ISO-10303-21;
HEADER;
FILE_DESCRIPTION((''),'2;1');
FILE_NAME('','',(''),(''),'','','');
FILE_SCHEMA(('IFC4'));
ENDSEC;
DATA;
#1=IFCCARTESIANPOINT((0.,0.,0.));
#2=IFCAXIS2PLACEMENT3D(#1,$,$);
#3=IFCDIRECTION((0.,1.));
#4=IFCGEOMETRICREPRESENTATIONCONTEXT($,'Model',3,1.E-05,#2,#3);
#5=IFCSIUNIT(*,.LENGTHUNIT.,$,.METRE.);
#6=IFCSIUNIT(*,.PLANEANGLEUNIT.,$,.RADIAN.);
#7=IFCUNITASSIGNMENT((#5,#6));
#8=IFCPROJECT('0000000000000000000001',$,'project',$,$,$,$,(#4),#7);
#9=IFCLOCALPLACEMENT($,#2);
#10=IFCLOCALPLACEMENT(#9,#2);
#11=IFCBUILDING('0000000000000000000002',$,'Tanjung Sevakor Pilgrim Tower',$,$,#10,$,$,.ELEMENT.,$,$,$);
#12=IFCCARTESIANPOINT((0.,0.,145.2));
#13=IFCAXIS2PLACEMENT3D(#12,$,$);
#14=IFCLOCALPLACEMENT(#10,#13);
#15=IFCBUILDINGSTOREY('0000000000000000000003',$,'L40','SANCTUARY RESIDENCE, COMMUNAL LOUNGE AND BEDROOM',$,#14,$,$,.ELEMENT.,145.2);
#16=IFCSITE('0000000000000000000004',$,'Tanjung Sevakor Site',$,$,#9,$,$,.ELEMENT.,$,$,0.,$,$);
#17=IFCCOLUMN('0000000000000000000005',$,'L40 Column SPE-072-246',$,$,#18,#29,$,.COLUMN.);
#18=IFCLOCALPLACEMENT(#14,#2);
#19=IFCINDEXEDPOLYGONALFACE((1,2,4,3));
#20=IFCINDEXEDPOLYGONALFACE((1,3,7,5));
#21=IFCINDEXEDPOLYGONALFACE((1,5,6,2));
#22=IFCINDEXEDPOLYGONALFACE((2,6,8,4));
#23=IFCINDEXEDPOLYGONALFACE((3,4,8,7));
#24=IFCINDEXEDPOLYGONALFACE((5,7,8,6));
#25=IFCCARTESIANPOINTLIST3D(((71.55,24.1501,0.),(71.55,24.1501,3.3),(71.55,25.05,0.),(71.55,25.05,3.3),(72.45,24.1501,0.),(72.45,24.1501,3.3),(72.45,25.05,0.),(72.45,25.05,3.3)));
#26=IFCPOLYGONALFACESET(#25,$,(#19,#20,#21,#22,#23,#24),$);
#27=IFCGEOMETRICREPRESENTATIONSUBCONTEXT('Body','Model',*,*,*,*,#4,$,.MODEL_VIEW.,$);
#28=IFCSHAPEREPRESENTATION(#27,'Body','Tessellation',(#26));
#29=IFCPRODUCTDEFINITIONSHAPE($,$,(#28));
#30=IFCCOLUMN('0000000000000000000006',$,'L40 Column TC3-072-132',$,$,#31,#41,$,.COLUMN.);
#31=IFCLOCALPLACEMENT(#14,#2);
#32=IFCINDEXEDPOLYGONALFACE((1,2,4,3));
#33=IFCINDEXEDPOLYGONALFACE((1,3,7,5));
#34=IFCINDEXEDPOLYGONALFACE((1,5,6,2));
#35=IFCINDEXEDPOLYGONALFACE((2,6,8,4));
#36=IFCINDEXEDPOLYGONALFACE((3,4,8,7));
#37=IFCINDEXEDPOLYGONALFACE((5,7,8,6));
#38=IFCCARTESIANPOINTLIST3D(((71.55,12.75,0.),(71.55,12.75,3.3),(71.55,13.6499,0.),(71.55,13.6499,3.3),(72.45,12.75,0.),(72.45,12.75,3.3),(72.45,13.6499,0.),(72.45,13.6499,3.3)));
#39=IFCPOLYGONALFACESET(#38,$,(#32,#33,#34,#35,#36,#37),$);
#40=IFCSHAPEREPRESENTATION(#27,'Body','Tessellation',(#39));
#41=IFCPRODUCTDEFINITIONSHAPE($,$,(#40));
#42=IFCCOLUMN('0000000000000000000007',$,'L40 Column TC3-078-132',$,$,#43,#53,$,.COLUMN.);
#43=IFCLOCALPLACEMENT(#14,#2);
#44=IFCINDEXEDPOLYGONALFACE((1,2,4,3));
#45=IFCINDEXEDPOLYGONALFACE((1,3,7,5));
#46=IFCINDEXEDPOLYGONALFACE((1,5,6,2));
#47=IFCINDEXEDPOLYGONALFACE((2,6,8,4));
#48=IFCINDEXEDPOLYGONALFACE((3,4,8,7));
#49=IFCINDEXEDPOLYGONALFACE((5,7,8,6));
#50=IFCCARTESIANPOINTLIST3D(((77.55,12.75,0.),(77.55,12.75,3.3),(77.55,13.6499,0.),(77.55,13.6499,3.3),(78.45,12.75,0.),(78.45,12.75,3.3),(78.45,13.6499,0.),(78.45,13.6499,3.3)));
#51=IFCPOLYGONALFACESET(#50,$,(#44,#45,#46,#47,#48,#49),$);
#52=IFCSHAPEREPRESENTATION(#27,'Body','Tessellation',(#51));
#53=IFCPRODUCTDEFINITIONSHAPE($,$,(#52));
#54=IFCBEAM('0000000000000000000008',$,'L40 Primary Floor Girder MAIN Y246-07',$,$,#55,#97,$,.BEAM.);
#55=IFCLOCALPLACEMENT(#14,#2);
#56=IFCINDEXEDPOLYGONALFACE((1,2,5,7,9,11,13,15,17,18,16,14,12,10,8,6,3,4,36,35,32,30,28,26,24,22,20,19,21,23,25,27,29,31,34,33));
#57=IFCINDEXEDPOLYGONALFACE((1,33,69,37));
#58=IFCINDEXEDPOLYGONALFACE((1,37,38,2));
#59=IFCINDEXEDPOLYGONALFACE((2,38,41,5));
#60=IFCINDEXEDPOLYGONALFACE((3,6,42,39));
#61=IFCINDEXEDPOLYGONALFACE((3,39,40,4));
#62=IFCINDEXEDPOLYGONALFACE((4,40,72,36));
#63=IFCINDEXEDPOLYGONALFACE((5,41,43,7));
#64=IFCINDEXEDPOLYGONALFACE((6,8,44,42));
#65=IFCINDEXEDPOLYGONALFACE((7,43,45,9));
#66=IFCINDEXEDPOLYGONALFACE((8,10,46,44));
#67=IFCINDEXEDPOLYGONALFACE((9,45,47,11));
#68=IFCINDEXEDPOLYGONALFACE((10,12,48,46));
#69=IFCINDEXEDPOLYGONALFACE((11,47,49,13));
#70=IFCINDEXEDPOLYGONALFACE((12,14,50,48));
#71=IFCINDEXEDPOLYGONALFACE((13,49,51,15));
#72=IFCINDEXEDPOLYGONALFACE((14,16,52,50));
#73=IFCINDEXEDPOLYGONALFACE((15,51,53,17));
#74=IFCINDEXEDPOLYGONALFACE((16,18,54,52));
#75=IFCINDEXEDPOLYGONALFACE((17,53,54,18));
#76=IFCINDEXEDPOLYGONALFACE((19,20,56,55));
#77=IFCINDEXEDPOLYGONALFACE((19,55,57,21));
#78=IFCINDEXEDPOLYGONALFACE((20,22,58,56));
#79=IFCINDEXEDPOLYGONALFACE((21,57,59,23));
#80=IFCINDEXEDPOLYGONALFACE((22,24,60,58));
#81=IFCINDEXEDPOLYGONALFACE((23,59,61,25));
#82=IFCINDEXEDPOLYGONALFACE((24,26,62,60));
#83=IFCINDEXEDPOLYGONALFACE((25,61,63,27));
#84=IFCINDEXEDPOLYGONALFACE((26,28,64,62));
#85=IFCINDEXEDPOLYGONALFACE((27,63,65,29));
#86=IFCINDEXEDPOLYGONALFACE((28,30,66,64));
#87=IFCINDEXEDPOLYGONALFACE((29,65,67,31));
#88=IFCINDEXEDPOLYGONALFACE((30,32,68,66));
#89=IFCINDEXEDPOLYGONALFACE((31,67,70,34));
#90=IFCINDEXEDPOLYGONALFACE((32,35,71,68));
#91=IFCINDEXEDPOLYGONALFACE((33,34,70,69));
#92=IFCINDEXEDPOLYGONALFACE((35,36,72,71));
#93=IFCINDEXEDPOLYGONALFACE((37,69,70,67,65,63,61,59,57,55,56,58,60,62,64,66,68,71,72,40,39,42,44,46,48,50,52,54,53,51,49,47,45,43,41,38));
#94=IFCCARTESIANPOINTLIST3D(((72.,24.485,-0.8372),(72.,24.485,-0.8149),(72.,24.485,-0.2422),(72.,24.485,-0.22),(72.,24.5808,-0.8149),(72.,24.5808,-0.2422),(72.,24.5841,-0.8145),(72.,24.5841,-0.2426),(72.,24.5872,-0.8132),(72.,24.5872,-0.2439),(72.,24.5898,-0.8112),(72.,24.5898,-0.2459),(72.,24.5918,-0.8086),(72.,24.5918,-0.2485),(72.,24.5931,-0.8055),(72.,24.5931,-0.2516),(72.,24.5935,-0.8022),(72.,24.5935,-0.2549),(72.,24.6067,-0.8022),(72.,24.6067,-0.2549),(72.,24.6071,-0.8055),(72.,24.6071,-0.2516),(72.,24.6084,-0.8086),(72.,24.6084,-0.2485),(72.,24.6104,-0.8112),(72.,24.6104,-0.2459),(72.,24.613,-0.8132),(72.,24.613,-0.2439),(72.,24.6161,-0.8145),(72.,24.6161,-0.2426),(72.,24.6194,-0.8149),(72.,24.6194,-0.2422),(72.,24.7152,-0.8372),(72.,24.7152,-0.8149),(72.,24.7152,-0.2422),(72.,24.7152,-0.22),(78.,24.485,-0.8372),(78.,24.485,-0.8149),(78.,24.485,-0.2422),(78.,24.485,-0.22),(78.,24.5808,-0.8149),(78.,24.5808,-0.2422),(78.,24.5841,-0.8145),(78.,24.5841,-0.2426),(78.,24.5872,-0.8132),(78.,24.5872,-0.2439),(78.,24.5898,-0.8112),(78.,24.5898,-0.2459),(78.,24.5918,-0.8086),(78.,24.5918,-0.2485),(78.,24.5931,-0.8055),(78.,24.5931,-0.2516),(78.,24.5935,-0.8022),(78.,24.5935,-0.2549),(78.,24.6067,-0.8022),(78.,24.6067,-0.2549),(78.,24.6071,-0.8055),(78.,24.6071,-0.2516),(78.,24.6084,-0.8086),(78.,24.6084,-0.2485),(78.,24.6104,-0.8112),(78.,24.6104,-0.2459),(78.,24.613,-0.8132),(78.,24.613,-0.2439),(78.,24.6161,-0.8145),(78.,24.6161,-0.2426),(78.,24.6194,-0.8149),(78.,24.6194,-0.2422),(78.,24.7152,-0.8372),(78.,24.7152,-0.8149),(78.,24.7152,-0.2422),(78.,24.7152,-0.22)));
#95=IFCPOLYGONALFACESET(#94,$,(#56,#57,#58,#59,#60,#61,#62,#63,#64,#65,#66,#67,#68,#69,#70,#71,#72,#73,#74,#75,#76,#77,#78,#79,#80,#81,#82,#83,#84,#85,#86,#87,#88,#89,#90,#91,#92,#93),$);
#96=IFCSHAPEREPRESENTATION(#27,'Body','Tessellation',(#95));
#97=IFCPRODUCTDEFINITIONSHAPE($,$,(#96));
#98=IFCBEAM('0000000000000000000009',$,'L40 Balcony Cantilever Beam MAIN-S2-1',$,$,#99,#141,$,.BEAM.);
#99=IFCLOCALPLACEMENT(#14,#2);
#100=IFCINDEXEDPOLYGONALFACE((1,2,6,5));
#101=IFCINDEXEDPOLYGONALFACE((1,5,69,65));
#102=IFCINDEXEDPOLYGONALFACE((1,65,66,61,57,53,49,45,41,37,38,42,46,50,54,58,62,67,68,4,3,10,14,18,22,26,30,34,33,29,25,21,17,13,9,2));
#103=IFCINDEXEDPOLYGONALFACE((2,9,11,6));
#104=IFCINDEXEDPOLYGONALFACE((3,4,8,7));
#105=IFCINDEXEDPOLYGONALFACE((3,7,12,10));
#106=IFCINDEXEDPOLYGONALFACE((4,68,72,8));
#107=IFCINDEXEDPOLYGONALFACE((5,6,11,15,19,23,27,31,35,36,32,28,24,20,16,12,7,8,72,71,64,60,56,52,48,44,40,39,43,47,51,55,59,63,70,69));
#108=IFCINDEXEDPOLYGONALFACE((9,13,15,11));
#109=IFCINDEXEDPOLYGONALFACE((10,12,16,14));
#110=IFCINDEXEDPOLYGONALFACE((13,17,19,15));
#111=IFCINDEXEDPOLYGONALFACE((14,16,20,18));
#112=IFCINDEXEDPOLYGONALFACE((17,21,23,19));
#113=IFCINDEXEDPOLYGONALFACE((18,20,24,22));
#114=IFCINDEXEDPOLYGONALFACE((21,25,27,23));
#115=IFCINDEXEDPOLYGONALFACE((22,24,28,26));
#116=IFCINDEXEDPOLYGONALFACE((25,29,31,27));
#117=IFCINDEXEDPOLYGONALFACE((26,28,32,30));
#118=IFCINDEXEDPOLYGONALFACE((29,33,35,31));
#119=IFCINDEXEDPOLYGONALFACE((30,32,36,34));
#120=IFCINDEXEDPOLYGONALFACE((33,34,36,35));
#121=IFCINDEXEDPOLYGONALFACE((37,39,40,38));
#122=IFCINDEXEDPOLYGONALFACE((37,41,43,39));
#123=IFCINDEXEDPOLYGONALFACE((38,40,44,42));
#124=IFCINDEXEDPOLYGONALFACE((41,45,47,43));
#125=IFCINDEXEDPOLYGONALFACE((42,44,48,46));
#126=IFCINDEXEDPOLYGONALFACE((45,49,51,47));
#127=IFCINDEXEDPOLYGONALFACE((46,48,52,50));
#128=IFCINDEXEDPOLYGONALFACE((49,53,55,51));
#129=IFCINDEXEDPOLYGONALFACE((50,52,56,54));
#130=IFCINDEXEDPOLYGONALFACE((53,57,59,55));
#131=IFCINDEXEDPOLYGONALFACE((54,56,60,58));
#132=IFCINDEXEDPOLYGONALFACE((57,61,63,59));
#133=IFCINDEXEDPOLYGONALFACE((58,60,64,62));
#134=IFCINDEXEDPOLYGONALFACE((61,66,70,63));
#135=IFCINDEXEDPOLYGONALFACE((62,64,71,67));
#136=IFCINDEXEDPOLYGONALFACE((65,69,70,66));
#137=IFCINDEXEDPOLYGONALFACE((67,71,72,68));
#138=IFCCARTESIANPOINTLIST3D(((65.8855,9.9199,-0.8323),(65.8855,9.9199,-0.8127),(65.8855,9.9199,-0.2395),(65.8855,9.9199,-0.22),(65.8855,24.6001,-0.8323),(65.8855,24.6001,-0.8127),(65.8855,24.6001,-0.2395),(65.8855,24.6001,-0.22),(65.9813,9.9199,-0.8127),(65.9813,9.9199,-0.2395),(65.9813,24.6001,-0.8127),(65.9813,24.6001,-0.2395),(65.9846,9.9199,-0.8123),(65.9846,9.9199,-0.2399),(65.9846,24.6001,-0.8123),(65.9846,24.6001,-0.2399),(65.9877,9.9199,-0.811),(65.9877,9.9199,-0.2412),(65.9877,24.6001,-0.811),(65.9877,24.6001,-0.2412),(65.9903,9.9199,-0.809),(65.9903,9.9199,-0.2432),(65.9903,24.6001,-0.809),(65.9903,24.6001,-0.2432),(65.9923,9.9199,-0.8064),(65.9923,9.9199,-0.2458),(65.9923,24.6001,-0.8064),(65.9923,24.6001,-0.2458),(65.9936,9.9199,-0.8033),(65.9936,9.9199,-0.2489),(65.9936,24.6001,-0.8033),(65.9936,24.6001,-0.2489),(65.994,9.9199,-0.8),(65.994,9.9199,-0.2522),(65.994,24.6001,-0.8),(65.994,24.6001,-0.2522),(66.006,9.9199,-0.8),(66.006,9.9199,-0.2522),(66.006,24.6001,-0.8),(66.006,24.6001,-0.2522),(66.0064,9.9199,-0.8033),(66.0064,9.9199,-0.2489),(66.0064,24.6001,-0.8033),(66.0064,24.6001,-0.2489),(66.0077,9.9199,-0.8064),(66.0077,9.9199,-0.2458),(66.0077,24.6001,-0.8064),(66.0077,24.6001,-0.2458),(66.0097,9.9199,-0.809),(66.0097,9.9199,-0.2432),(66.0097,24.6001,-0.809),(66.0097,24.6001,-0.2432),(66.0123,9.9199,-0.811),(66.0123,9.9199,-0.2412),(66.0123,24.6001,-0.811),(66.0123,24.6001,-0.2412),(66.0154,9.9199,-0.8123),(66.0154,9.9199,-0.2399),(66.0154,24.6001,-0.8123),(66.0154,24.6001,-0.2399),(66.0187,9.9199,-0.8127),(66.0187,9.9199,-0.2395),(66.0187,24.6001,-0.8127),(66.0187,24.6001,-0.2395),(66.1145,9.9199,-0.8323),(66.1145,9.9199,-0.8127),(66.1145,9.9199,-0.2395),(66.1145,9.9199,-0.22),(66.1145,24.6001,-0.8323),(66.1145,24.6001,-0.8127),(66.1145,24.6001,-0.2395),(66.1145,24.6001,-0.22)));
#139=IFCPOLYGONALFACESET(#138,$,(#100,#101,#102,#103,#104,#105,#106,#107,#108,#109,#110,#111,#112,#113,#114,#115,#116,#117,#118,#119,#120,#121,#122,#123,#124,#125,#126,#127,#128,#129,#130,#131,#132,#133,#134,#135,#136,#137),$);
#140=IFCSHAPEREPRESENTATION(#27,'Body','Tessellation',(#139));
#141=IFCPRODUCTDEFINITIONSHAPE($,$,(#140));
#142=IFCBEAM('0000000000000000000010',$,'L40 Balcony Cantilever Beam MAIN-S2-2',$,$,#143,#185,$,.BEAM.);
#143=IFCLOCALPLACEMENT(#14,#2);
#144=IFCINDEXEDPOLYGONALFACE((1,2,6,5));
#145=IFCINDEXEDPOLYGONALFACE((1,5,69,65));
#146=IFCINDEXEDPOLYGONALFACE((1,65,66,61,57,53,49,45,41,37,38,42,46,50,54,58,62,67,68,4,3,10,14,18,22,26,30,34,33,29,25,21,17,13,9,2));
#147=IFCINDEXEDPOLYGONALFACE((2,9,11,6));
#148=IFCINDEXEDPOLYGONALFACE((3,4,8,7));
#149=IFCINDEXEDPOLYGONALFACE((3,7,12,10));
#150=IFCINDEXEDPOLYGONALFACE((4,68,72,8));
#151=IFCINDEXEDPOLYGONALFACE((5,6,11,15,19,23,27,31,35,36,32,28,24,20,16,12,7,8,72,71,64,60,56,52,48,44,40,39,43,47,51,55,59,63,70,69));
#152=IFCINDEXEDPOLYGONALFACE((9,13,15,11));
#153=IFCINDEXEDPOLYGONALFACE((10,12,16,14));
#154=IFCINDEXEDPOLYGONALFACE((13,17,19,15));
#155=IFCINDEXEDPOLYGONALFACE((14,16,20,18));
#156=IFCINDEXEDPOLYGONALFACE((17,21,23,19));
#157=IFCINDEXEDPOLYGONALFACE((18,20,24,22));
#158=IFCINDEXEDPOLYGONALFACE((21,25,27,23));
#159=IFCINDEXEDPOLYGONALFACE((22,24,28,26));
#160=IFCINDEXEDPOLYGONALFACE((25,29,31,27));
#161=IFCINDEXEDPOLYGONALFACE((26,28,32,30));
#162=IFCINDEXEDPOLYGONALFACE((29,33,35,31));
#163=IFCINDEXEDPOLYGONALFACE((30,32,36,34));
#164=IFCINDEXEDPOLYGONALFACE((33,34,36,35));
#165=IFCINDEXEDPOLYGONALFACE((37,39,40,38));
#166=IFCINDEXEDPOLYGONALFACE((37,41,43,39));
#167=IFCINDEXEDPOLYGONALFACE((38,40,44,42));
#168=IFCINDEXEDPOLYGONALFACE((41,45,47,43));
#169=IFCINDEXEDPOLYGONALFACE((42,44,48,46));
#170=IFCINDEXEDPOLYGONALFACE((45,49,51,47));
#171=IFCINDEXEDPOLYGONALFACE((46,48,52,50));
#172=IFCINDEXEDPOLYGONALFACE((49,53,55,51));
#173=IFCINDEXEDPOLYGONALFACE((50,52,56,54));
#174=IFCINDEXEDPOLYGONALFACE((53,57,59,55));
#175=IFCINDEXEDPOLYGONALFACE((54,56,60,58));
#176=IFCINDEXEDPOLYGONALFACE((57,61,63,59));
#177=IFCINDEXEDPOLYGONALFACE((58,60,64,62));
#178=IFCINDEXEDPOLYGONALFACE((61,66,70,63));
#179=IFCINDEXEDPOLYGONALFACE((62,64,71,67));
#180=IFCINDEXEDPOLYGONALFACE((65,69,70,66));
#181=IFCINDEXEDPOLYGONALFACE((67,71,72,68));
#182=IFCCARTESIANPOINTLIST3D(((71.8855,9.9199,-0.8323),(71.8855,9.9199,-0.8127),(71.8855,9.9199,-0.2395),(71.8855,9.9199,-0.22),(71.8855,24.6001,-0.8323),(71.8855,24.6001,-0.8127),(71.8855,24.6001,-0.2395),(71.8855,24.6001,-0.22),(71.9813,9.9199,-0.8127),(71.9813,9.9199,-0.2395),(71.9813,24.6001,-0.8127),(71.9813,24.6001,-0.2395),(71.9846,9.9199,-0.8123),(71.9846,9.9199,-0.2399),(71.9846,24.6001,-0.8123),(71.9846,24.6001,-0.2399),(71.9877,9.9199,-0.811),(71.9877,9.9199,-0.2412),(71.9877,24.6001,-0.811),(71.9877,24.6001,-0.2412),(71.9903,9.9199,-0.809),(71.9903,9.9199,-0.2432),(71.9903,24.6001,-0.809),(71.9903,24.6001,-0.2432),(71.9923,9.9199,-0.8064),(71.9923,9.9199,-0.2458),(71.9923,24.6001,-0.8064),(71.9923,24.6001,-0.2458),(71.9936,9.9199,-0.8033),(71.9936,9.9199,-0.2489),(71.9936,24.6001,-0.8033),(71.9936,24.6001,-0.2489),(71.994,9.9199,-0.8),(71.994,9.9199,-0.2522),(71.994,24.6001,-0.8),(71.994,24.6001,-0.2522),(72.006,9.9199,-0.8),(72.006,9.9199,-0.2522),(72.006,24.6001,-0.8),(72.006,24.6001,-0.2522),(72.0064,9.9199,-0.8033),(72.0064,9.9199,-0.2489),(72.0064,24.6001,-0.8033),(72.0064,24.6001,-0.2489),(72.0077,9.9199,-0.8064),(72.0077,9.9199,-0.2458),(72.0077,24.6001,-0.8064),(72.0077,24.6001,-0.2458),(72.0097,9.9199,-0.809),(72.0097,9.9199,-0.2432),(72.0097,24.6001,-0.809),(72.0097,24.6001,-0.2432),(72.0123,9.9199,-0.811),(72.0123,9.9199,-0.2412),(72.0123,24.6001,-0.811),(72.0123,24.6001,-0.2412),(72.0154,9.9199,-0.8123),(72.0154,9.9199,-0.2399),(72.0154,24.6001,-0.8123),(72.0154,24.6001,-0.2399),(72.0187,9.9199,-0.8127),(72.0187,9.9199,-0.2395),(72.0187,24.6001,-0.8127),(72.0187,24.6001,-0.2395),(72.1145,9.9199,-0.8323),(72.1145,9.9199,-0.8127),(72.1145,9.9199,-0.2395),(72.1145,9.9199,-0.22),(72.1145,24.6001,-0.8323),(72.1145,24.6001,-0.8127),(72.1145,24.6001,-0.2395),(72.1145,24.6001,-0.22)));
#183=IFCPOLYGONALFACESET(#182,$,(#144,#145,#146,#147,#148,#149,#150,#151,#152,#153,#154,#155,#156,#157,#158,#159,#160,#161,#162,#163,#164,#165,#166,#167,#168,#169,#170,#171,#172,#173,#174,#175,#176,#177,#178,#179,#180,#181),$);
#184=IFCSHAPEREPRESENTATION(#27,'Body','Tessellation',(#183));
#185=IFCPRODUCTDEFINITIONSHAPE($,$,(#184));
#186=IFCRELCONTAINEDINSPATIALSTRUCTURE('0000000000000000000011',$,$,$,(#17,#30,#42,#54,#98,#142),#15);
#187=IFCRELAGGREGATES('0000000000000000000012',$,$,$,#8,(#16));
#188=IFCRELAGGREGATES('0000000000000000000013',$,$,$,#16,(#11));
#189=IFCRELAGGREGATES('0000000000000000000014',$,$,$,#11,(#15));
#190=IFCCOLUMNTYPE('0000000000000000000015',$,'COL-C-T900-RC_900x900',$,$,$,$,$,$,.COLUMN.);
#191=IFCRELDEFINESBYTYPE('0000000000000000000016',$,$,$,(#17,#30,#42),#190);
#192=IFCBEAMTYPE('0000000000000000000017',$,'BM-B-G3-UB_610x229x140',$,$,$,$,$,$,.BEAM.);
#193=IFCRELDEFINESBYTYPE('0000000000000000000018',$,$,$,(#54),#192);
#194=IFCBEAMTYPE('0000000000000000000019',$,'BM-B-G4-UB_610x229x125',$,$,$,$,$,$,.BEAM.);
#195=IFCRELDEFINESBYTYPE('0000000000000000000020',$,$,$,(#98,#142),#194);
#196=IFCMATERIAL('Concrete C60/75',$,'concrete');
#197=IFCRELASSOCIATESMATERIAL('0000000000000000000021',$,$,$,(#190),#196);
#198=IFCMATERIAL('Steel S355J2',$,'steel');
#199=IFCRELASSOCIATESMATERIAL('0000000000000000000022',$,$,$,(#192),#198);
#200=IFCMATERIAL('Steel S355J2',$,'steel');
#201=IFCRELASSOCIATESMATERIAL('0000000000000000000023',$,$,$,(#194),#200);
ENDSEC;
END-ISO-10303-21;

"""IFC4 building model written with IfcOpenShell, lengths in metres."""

from ifc_helpers import new_model, si_unit, direction, frame, origin, origin_2d, place, context, subcontext, project, spatial, rectangle, i_section, extrude, material, material_profile, profile_set, type_object, element, save


model = new_model("IFC4")

# Units and contexts
model_context = context("Model", 3, precision=1e-05, world=origin(), true_north=direction((0.0, 1.0)))
body_context = subcontext(model_context, "Body", "Model", "MODEL_VIEW")
ifc_project = project(units=[si_unit("LENGTHUNIT", "METRE"), si_unit("PLANEANGLEUNIT", "RADIAN")], contexts=[model_context])

# Site, building, storey
site_placement = place(None, origin())
site = spatial("IfcSite", under=ifc_project, at=site_placement, Name="Tanjung Sevakor Site", CompositionType="ELEMENT", RefElevation=0.0)
building_placement = place(site_placement, origin())
building = spatial("IfcBuilding", under=site, at=building_placement, Name="Tanjung Sevakor Pilgrim Tower", CompositionType="ELEMENT")
storey_placement = place(building_placement, frame((0.0, 0.0, 145.2)))
storey = spatial("IfcBuildingStorey", under=building, at=storey_placement, Name="L40", Description="SANCTUARY RESIDENCE, COMMUNAL LOUNGE AND BEDROOM", CompositionType="ELEMENT", Elevation=145.2)

# Columns
ifc_material_1 = material(Name="Concrete C60/75", Category="concrete")
ifc_material_profile_1 = material_profile(ifc_material_1, rectangle(XDim=0.8999, YDim=0.8999, at=origin_2d()))
ifc_profile_set_1 = profile_set([ifc_material_profile_1], Name="Concrete C60/75")
column_type = type_object("IfcColumnType", Name="COL-C-T900-RC_900x900", PredefinedType="COLUMN", material=ifc_profile_set_1)
for number, where, z_axis, x_axis, name in (
    (1, (72.0, 24.6001, 0.0), (0.0, 0.0, 1.0), (1.0, 0.0, 0.0), "L40 Column SPE-072-246"),
    (2, (72.0, 13.2, 0.0), (0.0, 0.0, 1.0), (1.0, 0.0, 0.0), "L40 Column TC3-072-132"),
    (3, (78.0, 13.2, 0.0), (0.0, 0.0, 1.0), (1.0, 0.0, 0.0), "L40 Column TC3-078-132"),
):
    element("IfcColumn", number, at=place(storey_placement, frame(where, z_axis=z_axis, x_axis=x_axis)), inside=storey, type_object=column_type, Name=name, PredefinedType="COLUMN", context=body_context, shape_type="SweptSolid", body=[
        extrude(rectangle(XDim=0.8999, YDim=0.8999, at=origin_2d()), origin(), (0.0, 0.0, 1.0), 3.3),
    ])

# Beams
ifc_material_2 = material(Name="Steel S355J2", Category="steel")
ifc_material_profile_2 = material_profile(ifc_material_2, i_section(OverallWidth=0.2302, OverallDepth=0.6172, WebThickness=0.0132, FlangeThickness=0.0222, FilletRadius=0.0127, at=origin_2d()))
ifc_profile_set_2 = profile_set([ifc_material_profile_2], Name="Steel S355J2")
beam_type_1 = type_object("IfcBeamType", Name="BM-B-G3-UB_610x229x140", PredefinedType="BEAM", material=ifc_profile_set_2)
beam_1_placement = place(storey_placement, frame((72.0, 24.6001, -0.5286), z_axis=(1.0, 0.0, 0.0), x_axis=(0.0, 1.0, 0.0)))
element("IfcBeam", 4, at=beam_1_placement, inside=storey, type_object=beam_type_1, Name="L40 Primary Floor Girder MAIN Y246-07", PredefinedType="BEAM", context=body_context, shape_type="SweptSolid", body=[
    extrude(i_section(OverallWidth=0.2302, OverallDepth=0.6172, WebThickness=0.0132, FlangeThickness=0.0222, FilletRadius=0.0127, at=origin_2d()), origin(), (0.0, 0.0, 1.0), 6.0),
])
ifc_material_3 = material(Name="Steel S355J2", Category="steel")
ifc_material_profile_3 = material_profile(ifc_material_3, i_section(OverallWidth=0.229, OverallDepth=0.6123, WebThickness=0.012, FlangeThickness=0.0195, FilletRadius=0.0127, at=origin_2d()))
ifc_profile_set_3 = profile_set([ifc_material_profile_3], Name="Steel S355J2")
beam_type_2 = type_object("IfcBeamType", Name="BM-B-G4-UB_610x229x125", PredefinedType="BEAM", material=ifc_profile_set_3)
for number, where, z_axis, x_axis, name in (
    (5, (66.0, 24.6001, -0.5261), (0.0, -1.0, 0.0), (1.0, 0.0, 0.0), "L40 Balcony Cantilever Beam MAIN-S2-1"),
    (6, (72.0, 24.6001, -0.5261), (0.0, -1.0, 0.0), (1.0, 0.0, 0.0), "L40 Balcony Cantilever Beam MAIN-S2-2"),
):
    element("IfcBeam", number, at=place(storey_placement, frame(where, z_axis=z_axis, x_axis=x_axis)), inside=storey, type_object=beam_type_2, Name=name, PredefinedType="BEAM", context=body_context, shape_type="SweptSolid", body=[
        extrude(i_section(OverallWidth=0.229, OverallDepth=0.6123, WebThickness=0.012, FlangeThickness=0.0195, FilletRadius=0.0127, at=origin_2d()), origin(), (0.0, 0.0, 1.0), 14.6802),
    ])

save(model, "model.ifc")
